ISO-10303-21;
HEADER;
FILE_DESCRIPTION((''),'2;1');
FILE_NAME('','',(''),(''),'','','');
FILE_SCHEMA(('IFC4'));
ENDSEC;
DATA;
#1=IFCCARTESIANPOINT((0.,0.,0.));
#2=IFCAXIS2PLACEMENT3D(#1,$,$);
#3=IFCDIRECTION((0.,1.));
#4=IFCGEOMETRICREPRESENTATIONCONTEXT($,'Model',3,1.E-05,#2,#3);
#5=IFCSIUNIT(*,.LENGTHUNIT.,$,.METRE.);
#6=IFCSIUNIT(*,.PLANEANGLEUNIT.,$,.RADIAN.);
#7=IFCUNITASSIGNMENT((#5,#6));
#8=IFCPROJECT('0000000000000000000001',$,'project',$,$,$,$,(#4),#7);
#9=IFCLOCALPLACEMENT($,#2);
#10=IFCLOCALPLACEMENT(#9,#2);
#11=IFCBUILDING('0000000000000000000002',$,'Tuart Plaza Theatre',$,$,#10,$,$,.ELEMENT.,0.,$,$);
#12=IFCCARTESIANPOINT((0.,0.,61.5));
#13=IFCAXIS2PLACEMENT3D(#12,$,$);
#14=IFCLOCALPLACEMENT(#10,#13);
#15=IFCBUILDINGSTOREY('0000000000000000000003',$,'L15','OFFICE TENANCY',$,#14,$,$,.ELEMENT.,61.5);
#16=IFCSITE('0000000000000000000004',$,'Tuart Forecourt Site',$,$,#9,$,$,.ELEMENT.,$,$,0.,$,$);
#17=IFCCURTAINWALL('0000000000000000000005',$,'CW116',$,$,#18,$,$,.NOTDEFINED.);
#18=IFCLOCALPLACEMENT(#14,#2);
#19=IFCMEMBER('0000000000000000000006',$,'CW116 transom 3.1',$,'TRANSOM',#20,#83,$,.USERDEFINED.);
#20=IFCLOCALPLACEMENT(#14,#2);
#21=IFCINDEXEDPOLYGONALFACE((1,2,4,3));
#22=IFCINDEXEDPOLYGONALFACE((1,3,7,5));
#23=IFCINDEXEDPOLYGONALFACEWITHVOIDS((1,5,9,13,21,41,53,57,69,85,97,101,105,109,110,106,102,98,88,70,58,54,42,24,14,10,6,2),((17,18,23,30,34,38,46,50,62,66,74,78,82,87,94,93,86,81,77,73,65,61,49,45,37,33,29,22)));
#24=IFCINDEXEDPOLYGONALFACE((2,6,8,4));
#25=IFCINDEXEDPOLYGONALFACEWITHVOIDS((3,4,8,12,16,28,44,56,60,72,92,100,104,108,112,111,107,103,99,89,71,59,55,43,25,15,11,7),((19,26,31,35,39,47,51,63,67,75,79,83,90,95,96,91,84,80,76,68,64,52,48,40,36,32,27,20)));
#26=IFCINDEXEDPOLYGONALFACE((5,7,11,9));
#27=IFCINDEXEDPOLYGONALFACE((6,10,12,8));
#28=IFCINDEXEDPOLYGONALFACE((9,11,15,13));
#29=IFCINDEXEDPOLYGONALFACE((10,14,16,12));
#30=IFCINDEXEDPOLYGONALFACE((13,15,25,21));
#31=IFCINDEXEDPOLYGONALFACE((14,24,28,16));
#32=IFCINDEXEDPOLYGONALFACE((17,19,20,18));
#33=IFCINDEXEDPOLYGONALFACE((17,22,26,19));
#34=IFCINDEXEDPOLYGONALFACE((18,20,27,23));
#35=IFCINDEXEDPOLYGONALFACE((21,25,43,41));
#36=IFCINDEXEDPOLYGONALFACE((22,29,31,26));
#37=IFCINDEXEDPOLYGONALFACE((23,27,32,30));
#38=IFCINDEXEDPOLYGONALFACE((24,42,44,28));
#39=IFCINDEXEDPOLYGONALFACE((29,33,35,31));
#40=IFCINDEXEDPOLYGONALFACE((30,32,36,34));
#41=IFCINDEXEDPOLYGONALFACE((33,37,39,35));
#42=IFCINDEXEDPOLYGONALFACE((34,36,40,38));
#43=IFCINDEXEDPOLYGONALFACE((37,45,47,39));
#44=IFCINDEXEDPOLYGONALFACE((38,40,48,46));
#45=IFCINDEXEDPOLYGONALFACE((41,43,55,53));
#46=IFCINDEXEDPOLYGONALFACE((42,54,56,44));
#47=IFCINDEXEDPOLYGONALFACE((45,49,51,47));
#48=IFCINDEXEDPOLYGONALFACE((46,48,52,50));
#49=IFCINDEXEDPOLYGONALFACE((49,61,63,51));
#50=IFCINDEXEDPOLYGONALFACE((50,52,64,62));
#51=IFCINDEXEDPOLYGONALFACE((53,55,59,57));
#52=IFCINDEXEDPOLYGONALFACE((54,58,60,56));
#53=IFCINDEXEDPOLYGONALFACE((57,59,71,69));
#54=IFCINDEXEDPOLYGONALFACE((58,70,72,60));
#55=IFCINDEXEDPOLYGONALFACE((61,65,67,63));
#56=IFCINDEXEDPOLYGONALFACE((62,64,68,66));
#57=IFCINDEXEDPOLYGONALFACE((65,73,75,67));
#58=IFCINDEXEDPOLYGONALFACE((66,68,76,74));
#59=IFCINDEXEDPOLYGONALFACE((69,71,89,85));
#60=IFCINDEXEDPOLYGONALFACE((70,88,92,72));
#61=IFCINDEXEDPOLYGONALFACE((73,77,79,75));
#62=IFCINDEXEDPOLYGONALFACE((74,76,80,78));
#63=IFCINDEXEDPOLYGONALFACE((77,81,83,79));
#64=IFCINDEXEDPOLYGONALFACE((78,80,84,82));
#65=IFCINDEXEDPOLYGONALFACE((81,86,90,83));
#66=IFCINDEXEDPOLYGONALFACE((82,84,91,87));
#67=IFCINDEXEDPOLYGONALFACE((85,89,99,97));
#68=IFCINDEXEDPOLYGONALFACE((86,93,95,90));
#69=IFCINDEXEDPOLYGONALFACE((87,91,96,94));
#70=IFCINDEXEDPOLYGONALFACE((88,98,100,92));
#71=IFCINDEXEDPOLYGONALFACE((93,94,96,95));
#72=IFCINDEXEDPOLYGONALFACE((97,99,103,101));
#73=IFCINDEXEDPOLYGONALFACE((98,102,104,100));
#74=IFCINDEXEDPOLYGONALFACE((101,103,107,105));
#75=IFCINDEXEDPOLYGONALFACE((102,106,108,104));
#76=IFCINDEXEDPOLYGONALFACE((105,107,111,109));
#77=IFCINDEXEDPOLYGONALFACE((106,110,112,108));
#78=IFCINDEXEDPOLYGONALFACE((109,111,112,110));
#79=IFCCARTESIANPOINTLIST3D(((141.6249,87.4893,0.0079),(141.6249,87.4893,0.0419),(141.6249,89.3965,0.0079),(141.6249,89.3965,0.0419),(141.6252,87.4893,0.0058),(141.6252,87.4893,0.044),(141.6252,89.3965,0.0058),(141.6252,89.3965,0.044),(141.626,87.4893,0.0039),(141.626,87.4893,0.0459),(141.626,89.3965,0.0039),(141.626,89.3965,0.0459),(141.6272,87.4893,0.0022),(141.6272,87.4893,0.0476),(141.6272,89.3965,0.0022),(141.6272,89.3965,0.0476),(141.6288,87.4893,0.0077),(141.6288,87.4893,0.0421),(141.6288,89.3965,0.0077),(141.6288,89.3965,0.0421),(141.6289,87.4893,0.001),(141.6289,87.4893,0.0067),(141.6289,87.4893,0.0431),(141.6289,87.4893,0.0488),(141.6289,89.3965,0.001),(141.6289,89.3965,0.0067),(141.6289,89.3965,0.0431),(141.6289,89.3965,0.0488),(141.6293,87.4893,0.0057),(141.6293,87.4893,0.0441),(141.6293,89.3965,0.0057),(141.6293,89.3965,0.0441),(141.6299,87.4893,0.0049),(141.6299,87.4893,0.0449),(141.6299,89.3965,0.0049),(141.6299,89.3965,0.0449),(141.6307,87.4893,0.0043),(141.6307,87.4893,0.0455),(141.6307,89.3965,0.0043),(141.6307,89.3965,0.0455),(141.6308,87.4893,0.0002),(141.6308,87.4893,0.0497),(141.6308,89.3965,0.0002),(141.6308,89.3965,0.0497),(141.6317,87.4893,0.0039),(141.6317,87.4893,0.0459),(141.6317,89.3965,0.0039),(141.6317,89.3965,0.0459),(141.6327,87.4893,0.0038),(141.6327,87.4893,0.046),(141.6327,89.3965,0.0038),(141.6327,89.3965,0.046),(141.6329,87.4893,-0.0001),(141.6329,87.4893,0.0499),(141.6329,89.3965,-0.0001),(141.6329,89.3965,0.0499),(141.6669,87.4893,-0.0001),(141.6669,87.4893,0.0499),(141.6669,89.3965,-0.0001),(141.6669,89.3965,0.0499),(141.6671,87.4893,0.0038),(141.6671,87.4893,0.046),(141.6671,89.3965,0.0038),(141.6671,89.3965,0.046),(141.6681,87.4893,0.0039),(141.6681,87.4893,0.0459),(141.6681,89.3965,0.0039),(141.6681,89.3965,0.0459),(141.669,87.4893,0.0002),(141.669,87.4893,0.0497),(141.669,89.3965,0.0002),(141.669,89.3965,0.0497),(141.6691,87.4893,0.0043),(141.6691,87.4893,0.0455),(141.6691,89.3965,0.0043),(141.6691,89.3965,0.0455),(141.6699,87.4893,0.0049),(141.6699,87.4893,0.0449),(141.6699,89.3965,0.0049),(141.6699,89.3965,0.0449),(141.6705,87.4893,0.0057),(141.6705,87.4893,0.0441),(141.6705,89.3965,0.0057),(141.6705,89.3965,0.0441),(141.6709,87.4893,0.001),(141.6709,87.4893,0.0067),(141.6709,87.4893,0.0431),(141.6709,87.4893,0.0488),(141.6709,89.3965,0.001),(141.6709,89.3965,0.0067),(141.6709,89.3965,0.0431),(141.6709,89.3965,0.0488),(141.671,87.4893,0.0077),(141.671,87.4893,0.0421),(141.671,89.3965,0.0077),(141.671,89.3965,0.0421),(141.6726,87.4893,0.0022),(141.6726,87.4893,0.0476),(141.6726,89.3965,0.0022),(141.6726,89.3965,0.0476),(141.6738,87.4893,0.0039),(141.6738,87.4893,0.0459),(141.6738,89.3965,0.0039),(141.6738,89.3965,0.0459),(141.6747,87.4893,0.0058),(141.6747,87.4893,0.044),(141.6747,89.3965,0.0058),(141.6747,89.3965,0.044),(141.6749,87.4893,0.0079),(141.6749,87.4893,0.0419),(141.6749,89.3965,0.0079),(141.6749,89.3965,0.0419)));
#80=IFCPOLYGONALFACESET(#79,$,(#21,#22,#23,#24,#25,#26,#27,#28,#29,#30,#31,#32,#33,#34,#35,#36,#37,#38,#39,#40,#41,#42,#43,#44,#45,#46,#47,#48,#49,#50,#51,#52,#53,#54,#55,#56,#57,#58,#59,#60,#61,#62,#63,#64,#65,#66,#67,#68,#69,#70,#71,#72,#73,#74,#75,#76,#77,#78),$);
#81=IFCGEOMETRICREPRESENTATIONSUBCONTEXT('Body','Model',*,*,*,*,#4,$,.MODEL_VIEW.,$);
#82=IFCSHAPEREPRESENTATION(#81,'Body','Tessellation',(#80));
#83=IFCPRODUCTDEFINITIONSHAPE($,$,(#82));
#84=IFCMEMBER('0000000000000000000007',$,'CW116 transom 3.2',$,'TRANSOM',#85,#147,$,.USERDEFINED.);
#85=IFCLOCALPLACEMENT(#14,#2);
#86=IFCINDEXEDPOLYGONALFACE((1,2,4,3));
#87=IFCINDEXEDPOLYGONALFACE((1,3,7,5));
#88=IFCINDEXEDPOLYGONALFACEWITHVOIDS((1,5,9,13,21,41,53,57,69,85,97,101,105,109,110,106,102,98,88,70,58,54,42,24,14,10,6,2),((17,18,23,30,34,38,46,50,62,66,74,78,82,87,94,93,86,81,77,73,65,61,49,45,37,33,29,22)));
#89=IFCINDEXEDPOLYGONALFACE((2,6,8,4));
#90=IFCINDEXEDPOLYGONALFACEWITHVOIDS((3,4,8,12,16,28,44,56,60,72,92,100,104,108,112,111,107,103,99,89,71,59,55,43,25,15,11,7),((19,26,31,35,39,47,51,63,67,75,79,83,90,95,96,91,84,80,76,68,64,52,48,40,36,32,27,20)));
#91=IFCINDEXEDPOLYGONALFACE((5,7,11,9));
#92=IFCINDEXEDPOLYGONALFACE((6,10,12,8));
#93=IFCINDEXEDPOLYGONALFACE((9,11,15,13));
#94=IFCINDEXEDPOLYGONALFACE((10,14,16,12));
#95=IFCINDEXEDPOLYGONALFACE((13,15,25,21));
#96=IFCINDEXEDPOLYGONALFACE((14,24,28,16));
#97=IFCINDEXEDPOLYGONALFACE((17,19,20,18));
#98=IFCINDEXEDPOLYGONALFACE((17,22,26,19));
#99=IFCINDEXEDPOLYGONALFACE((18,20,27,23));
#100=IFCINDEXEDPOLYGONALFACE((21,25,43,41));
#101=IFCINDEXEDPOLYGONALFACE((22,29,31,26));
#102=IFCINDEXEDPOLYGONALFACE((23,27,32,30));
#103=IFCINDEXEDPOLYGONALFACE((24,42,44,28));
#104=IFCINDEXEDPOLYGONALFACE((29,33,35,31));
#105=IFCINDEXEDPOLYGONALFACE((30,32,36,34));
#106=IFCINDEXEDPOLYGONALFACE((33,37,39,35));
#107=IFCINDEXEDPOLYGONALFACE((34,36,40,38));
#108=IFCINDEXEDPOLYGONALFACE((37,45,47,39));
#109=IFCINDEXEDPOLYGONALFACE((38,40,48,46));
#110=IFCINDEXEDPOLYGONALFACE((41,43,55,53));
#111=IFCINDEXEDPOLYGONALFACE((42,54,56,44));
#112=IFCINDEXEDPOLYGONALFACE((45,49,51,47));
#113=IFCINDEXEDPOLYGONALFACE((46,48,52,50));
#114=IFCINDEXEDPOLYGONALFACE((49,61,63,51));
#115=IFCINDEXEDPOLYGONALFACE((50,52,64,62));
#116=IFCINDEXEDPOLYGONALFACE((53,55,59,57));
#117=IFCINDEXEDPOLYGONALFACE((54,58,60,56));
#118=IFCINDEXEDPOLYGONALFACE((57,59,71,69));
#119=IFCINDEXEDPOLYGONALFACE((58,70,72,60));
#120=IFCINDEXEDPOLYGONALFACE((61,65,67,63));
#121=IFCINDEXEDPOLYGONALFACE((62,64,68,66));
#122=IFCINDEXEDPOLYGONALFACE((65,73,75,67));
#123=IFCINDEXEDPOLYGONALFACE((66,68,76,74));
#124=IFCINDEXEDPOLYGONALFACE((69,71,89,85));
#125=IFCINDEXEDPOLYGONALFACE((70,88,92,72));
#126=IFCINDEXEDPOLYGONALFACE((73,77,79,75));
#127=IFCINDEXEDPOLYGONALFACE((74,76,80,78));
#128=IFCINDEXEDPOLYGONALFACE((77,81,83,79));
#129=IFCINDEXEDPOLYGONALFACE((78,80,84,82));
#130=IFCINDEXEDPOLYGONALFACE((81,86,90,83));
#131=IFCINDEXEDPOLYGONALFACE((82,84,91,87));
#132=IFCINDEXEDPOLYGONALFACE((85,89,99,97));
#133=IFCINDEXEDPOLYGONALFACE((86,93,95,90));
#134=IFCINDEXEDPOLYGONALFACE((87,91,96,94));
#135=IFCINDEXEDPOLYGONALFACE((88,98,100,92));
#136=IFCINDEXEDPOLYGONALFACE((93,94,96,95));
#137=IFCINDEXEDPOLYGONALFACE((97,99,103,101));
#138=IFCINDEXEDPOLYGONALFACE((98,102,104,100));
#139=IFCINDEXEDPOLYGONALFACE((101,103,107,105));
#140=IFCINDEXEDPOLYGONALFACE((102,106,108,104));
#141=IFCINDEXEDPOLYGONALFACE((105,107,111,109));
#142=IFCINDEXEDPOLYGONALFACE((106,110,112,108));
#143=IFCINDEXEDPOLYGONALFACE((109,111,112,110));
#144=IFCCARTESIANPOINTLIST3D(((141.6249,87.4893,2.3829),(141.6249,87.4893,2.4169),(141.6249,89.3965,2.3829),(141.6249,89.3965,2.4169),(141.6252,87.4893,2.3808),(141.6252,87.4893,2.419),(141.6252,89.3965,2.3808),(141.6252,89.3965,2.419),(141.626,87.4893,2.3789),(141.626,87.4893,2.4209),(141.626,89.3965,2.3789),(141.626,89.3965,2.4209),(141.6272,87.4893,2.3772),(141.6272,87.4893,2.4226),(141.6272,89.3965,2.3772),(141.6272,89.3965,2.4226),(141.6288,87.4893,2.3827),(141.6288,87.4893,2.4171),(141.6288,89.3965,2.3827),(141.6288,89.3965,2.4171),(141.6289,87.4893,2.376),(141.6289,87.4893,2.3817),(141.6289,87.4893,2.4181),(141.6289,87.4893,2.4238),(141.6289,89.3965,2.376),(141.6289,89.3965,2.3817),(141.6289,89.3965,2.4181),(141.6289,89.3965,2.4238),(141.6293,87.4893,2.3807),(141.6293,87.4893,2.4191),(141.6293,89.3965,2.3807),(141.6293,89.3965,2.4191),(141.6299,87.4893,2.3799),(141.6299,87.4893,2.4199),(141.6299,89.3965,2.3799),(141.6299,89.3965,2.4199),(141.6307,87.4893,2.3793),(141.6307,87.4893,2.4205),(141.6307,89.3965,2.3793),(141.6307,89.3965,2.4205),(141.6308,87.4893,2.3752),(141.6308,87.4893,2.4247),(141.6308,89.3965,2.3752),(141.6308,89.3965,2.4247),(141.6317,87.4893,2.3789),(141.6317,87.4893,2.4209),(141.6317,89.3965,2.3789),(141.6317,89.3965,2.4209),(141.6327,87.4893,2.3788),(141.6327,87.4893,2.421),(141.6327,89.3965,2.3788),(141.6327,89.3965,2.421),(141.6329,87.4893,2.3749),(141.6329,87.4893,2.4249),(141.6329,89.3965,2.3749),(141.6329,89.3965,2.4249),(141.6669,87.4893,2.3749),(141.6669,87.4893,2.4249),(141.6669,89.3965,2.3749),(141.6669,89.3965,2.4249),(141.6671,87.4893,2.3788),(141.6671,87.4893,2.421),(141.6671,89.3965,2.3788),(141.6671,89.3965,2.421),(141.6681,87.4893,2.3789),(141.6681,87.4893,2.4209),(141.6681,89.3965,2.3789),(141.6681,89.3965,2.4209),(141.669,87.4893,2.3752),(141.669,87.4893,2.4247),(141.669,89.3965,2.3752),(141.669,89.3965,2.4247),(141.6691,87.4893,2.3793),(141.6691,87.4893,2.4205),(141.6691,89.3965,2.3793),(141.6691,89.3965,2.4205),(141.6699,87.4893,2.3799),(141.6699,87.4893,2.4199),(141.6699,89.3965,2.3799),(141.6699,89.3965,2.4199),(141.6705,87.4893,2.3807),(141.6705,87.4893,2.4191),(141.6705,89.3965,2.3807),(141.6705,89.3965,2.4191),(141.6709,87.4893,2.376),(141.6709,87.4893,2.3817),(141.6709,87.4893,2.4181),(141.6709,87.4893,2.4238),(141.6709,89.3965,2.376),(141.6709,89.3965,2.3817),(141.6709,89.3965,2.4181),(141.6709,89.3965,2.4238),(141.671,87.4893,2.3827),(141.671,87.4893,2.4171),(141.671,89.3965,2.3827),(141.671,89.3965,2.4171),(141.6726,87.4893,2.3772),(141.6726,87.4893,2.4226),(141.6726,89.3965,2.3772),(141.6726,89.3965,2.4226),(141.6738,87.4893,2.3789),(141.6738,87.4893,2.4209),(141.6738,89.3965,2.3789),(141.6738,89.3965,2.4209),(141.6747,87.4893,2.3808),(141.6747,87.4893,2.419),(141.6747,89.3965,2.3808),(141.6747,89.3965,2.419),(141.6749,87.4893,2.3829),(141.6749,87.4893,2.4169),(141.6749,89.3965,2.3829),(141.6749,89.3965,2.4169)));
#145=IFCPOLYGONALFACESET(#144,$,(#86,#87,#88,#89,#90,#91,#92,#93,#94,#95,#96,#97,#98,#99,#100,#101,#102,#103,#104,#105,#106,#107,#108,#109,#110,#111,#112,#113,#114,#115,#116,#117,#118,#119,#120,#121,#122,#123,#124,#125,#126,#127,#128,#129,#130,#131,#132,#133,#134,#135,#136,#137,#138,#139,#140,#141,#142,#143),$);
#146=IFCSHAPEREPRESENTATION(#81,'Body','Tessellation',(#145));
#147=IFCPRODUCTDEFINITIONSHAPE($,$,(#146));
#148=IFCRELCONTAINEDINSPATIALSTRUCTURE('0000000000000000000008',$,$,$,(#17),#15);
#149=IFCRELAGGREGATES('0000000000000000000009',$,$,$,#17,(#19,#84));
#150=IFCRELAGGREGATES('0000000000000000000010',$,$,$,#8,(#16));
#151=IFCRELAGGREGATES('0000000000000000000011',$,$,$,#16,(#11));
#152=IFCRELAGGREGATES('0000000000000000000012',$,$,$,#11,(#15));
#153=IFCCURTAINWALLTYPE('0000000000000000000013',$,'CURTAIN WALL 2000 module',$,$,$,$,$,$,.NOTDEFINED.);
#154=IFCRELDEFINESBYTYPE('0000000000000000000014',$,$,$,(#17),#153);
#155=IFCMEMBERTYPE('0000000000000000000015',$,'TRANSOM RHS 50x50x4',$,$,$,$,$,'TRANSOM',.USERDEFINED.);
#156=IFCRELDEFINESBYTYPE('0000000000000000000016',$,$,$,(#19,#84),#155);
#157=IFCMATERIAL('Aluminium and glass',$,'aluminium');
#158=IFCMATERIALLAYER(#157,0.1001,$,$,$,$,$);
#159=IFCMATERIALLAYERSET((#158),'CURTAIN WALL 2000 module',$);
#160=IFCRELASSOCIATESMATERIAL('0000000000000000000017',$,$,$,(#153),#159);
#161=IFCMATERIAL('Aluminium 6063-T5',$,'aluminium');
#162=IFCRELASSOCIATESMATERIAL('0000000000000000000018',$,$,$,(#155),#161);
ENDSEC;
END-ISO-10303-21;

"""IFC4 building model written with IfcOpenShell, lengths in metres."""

from ifc_helpers import new_model, si_unit, direction, frame, origin, origin_2d, place, context, subcontext, project, spatial, hollow_rectangle, extrude, material, layer, layer_set, material_profile, profile_set, type_object, element, aggregate, save


model = new_model("IFC4")

# Units and contexts
model_context = context("Model", 3, precision=1e-05, world=origin(), true_north=direction((0.0, 1.0)))
body_context = subcontext(model_context, "Body", "Model", "MODEL_VIEW")
ifc_project = project(units=[si_unit("LENGTHUNIT", "METRE"), si_unit("PLANEANGLEUNIT", "RADIAN")], contexts=[model_context])

# Site, building, storey
site_placement = place(None, origin())
site = spatial("IfcSite", under=ifc_project, at=site_placement, Name="Tuart Forecourt Site", CompositionType="ELEMENT", RefElevation=0.0)
building_placement = place(site_placement, origin())
building = spatial("IfcBuilding", under=site, at=building_placement, Name="Tuart Plaza Theatre", CompositionType="ELEMENT", ElevationOfRefHeight=0.0)
storey_placement = place(building_placement, frame((0.0, 0.0, 61.5)))
storey = spatial("IfcBuildingStorey", under=building, at=storey_placement, Name="L15", Description="OFFICE TENANCY", CompositionType="ELEMENT", Elevation=61.5)

# Curtain wall, members
ifc_material_1 = material(Name="Aluminium and glass", Category="aluminium")
ifc_layer_1 = layer(ifc_material_1, 0.1001)
ifc_layer_set_1 = layer_set([ifc_layer_1], Name="CURTAIN WALL 2000 module")
curtain_wall_type = type_object("IfcCurtainWallType", Name="CURTAIN WALL 2000 module", PredefinedType="NOTDEFINED", material=ifc_layer_set_1)
curtain_wall_placement = place(storey_placement, origin())
curtain_wall = element("IfcCurtainWall", 1, at=curtain_wall_placement, inside=storey, type_object=curtain_wall_type, Name="CW116", PredefinedType="NOTDEFINED")
ifc_material_2 = material(Name="Aluminium 6063-T5", Category="aluminium")
ifc_material_profile_1 = material_profile(ifc_material_2, hollow_rectangle(XDim=0.05, YDim=0.05, WallThickness=0.0039, InnerFilletRadius=0.0039, OuterFilletRadius=0.0081, at=origin_2d()), Name="RHS 50x50x4")
ifc_profile_set_1 = profile_set([ifc_material_profile_1], Name="Aluminium 6063-T5")
member_type_1 = type_object("IfcMemberType", Name="TRANSOM RHS 50x50x4", ElementType="TRANSOM", PredefinedType="USERDEFINED", material=ifc_profile_set_1)
member_1_placement = place(storey_placement, frame((141.6499, 87.4893, 0.0249), z_axis=(0.0, 1.0, 0.0), x_axis=(-1.0, 0.0, 0.0)))
member_1 = element("IfcMember", 2, at=member_1_placement, type_object=member_type_1, Name="CW116 transom 3.1", ObjectType="TRANSOM", PredefinedType="USERDEFINED", context=body_context, shape_type="SweptSolid", body=[
    extrude(hollow_rectangle(XDim=0.05, YDim=0.05, WallThickness=0.0039, InnerFilletRadius=0.0039, OuterFilletRadius=0.0081, at=origin_2d()), origin(), (0.0, 0.0, 1.0), 1.9072),
])
member_2_placement = place(storey_placement, frame((141.6499, 87.4893, 2.3999), z_axis=(0.0, 1.0, 0.0), x_axis=(-1.0, 0.0, 0.0)))
member_2 = element("IfcMember", 3, at=member_2_placement, type_object=member_type_1, Name="CW116 transom 3.2", ObjectType="TRANSOM", PredefinedType="USERDEFINED", context=body_context, shape_type="SweptSolid", body=[
    extrude(hollow_rectangle(XDim=0.05, YDim=0.05, WallThickness=0.0039, InnerFilletRadius=0.0039, OuterFilletRadius=0.0081, at=origin_2d()), origin(), (0.0, 0.0, 1.0), 1.9072),
])
aggregate(curtain_wall, [member_1, member_2])

save(model, "model.ifc")
